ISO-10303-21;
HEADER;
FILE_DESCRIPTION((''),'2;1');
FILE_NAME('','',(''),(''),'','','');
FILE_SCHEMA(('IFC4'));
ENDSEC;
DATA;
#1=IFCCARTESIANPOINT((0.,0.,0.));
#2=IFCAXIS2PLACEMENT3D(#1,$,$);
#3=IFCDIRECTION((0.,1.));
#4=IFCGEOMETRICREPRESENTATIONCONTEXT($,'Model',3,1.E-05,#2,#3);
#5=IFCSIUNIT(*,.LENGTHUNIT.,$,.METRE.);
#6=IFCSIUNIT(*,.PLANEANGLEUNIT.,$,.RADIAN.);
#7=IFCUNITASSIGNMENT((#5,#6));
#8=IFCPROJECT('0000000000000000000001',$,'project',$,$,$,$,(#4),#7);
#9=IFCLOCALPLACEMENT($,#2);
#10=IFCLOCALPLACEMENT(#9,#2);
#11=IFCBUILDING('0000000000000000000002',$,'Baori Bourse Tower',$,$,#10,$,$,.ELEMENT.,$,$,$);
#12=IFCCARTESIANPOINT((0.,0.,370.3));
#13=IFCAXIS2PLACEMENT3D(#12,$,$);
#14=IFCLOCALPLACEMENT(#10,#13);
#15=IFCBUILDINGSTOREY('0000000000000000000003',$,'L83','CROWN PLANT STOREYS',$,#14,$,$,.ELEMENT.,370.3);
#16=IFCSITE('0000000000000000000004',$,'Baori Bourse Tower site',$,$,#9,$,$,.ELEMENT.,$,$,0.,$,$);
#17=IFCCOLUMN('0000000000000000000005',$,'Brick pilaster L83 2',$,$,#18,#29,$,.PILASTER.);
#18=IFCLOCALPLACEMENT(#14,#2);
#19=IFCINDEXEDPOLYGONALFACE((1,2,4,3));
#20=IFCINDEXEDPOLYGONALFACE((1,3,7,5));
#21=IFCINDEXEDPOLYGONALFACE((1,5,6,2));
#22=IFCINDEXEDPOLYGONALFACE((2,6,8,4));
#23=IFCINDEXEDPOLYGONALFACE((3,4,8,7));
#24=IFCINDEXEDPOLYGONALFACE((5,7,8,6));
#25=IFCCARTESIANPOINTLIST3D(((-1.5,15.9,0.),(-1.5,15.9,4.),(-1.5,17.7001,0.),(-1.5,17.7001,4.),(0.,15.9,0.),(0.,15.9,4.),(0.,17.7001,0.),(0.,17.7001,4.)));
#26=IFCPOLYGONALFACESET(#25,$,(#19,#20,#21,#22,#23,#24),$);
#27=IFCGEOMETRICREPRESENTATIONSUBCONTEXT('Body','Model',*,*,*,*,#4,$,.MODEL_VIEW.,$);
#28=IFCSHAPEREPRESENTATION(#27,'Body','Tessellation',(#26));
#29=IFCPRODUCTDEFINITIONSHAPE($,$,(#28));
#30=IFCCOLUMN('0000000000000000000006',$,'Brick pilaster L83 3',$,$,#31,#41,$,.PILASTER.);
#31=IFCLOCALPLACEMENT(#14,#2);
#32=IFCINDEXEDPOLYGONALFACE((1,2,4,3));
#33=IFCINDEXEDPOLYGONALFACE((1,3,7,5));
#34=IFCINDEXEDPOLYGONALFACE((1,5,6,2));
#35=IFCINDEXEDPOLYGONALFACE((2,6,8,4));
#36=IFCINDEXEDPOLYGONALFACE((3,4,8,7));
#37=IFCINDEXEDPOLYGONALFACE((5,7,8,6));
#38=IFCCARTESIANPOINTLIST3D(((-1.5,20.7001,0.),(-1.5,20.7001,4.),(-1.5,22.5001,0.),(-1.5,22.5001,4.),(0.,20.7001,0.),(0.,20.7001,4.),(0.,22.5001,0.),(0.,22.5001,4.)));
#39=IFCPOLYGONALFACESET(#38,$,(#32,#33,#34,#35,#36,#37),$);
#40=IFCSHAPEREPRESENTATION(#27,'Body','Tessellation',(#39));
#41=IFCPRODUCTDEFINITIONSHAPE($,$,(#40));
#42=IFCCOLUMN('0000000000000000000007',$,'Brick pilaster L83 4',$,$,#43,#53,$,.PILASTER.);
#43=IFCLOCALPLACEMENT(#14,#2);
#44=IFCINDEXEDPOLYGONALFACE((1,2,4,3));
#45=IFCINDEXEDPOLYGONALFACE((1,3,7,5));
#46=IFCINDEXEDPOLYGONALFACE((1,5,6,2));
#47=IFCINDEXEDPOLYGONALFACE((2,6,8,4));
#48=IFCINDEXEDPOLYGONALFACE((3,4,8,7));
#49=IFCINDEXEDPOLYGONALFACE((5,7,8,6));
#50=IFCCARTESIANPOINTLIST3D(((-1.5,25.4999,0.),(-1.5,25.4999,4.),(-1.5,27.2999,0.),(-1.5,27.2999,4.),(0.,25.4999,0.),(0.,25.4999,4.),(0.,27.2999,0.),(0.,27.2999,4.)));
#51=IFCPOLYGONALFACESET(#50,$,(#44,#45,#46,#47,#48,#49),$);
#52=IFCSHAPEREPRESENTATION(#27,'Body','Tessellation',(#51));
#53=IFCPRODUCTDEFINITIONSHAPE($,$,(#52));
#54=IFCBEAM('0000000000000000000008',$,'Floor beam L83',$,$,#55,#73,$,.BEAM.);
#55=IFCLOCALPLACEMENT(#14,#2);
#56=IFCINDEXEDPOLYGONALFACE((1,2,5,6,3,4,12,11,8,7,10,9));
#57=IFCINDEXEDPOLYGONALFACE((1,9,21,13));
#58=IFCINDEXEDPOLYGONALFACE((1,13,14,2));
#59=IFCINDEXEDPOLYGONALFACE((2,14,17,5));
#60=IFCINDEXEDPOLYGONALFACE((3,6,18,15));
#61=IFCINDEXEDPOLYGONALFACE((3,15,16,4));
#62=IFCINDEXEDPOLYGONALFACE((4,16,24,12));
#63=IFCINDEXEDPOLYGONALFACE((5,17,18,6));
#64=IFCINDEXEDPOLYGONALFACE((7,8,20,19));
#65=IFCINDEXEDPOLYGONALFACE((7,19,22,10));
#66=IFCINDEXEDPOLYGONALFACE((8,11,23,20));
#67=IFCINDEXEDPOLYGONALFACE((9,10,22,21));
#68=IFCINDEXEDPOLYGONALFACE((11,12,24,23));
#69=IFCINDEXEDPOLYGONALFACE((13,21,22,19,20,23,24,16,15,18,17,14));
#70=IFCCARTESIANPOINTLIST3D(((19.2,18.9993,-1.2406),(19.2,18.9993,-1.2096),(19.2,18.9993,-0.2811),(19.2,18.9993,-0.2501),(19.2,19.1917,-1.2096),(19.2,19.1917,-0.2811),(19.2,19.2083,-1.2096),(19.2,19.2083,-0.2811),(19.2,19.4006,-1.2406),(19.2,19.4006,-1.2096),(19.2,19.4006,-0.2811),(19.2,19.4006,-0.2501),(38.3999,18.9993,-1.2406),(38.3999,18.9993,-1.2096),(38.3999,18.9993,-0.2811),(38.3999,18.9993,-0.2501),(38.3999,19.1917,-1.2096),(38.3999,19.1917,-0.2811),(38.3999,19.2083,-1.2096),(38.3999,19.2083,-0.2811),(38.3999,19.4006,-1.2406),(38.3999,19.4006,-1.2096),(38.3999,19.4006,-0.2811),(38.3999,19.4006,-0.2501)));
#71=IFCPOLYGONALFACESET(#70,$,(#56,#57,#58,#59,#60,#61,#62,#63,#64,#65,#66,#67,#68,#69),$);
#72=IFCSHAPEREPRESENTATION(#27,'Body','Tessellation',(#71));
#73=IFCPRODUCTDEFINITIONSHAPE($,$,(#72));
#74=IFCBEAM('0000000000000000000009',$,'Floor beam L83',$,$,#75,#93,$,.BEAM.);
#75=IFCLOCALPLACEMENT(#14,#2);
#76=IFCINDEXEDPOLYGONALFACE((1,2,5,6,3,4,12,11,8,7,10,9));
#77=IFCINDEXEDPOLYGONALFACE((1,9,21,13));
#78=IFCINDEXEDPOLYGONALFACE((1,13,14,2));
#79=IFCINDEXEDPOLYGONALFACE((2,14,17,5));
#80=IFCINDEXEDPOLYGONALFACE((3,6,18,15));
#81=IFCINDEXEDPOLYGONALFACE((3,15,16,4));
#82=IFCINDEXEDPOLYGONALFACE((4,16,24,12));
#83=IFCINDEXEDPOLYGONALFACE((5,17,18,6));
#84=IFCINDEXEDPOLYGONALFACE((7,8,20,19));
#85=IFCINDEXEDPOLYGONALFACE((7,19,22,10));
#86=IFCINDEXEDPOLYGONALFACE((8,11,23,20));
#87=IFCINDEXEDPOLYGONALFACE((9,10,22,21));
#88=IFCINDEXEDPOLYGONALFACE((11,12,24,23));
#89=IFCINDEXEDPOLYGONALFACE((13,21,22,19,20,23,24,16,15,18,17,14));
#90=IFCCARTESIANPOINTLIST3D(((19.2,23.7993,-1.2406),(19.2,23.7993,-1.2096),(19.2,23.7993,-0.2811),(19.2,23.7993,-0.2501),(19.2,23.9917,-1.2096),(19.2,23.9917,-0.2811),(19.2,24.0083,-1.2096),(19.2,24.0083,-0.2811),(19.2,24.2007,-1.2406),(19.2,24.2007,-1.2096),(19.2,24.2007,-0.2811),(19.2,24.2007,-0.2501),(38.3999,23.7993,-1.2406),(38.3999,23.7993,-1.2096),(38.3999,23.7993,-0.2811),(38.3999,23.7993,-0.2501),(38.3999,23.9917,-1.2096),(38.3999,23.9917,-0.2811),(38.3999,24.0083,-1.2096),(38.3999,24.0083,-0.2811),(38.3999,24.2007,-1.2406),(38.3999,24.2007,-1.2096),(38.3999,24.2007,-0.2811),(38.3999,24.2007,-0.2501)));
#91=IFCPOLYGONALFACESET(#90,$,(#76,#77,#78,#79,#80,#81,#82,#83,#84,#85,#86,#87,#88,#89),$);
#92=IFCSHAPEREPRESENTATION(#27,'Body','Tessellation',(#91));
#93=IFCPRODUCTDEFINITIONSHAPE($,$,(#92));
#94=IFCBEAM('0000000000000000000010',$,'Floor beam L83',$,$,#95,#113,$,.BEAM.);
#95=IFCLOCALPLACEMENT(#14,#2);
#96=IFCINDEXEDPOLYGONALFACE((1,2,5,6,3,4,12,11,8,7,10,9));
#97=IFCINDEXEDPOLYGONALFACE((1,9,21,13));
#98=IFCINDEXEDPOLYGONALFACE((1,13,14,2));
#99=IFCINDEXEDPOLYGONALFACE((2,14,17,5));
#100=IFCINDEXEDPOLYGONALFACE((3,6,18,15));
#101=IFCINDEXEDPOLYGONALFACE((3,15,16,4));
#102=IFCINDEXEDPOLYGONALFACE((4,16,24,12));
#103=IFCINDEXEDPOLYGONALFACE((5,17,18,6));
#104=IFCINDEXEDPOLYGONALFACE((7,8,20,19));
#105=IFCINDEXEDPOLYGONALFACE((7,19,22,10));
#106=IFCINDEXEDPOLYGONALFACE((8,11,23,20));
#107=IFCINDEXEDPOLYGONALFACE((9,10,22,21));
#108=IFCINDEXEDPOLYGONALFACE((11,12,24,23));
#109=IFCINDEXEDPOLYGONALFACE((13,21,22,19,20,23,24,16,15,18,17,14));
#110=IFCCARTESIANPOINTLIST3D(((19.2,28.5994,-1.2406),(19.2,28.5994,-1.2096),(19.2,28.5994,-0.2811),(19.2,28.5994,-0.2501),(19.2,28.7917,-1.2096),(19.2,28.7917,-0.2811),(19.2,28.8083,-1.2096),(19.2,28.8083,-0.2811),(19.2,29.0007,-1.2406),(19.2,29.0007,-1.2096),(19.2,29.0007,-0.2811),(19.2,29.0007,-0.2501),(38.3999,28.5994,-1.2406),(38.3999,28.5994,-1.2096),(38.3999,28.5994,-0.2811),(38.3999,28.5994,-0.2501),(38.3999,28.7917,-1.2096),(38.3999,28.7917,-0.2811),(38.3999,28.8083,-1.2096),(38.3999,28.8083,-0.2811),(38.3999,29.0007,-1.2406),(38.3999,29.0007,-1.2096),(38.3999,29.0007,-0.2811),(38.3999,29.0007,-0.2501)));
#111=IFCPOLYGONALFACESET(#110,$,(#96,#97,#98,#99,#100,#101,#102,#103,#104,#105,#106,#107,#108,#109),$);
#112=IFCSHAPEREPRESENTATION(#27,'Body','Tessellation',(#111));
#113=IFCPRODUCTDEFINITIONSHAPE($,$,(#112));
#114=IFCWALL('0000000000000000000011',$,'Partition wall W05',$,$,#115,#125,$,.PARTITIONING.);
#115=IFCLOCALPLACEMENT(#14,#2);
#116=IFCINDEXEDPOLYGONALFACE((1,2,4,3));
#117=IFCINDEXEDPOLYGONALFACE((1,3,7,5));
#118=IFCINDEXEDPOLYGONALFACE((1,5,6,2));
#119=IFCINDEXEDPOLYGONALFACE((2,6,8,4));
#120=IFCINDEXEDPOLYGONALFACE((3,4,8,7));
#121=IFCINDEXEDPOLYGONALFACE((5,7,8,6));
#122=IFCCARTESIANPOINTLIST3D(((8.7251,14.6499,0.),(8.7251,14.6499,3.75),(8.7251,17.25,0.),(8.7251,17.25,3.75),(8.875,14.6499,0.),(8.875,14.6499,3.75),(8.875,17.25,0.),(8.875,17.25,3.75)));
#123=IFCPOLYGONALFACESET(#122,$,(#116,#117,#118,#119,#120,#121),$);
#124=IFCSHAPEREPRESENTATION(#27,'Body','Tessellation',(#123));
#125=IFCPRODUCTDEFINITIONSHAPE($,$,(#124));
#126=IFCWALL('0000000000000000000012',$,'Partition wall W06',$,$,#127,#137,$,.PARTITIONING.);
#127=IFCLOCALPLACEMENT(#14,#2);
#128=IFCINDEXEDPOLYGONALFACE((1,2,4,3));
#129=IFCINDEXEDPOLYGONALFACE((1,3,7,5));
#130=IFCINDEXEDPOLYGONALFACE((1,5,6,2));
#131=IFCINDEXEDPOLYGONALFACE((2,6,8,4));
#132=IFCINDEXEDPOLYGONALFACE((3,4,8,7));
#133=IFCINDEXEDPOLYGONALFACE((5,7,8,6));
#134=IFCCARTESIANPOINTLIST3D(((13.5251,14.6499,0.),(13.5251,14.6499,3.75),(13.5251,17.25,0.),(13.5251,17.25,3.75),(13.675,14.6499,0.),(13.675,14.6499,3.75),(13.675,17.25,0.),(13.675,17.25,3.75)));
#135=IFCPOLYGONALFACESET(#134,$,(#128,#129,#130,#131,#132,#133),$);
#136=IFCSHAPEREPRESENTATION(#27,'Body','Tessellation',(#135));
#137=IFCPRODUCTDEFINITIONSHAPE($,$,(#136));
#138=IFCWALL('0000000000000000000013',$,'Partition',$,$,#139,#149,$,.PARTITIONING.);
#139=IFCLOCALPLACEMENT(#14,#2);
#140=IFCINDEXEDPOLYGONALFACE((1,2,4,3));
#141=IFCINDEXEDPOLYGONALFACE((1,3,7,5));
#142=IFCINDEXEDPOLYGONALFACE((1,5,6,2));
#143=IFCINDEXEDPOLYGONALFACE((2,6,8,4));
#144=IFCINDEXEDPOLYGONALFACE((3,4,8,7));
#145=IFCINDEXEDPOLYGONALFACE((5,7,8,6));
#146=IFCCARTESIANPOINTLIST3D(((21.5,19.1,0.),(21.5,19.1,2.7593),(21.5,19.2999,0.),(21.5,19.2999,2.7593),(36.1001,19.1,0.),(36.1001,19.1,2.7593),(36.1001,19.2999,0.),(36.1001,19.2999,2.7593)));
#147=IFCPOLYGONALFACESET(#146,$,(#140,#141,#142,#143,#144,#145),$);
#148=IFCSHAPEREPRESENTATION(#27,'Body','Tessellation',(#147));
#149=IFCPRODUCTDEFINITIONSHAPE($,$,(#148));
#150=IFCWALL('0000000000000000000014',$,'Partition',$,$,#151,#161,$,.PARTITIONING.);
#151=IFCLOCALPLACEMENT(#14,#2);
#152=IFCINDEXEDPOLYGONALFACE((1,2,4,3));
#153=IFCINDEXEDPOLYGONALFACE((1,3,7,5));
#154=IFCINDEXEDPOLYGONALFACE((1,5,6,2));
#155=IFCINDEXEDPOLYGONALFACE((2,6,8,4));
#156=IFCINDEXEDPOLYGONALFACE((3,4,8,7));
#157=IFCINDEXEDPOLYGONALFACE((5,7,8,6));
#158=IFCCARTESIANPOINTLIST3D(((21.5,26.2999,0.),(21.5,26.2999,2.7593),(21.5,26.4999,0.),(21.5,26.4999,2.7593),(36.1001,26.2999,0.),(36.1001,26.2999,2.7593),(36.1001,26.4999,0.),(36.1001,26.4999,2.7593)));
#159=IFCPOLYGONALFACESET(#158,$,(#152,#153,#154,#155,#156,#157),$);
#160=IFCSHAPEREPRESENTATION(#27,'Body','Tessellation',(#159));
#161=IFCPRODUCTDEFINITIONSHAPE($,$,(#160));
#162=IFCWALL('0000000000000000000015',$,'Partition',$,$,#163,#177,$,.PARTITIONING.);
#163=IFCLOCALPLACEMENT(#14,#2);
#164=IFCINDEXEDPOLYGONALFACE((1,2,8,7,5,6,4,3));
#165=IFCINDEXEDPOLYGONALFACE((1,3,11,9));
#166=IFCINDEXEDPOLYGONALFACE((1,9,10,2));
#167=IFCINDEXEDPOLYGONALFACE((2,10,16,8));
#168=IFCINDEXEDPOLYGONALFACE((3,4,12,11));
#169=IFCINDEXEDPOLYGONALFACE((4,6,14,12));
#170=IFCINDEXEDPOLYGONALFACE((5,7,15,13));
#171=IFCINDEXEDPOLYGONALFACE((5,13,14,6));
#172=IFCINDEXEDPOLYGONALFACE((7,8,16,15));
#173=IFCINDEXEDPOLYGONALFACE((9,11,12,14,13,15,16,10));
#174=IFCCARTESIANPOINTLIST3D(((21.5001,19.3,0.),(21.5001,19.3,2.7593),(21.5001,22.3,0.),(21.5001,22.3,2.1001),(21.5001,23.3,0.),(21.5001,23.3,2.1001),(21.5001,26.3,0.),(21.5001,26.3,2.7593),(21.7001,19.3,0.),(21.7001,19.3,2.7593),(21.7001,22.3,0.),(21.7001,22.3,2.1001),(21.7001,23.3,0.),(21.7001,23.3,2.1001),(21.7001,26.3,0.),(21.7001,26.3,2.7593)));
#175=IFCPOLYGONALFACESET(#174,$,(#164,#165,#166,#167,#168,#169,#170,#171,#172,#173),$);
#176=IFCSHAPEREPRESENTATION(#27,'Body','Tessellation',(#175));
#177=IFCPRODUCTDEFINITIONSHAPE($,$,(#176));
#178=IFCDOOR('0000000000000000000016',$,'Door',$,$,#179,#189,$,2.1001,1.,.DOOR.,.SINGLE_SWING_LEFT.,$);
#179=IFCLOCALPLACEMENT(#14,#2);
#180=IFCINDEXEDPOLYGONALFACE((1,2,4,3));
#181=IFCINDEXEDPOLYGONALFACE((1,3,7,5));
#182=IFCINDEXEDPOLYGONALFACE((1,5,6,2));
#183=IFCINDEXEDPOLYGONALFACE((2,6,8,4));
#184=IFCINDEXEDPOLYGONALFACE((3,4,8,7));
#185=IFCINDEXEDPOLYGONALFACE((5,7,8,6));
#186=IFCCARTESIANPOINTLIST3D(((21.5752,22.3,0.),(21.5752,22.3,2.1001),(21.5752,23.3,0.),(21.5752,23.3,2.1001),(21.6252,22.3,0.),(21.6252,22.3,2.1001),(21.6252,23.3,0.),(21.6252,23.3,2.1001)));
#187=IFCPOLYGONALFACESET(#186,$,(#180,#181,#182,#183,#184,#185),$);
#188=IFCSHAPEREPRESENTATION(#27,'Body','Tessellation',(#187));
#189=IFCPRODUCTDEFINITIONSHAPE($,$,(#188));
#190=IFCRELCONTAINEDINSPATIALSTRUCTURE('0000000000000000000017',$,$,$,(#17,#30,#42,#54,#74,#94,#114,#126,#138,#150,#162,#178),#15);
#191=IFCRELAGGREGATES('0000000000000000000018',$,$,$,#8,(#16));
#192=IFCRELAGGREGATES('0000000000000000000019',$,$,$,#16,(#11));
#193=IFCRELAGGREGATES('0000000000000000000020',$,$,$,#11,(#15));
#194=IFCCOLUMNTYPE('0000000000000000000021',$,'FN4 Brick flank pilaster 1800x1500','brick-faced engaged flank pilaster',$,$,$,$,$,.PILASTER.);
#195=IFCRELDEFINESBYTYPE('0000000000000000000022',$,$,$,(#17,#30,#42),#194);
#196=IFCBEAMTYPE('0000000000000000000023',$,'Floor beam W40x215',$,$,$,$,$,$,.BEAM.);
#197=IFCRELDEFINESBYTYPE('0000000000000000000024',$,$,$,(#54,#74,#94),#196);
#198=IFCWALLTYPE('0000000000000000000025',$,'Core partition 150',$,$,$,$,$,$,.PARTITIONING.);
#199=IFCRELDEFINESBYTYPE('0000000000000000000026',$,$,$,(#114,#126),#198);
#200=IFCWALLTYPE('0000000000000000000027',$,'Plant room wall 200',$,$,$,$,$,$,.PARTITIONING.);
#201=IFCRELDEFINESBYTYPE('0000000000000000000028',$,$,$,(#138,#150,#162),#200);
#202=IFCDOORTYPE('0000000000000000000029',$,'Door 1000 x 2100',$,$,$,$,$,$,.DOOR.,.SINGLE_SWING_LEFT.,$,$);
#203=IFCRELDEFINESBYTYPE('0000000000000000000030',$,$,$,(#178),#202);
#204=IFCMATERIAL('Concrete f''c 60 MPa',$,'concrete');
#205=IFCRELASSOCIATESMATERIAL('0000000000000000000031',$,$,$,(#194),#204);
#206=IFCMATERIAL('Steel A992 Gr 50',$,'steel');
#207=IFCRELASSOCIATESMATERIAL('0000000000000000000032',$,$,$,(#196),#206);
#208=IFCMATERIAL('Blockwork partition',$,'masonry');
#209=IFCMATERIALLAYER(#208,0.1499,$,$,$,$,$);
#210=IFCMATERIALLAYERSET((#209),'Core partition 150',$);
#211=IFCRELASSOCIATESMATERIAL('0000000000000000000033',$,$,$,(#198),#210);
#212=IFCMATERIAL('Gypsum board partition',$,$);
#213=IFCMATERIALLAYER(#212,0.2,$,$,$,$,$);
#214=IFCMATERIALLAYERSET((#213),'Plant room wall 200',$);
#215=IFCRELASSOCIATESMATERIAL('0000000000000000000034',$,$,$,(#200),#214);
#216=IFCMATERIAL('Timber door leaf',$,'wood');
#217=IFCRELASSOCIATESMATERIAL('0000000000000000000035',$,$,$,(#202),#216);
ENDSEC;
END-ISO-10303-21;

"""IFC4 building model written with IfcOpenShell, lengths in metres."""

from ifc_helpers import new_model, si_unit, direction, frame, frame_2d, origin, origin_2d, place, context, subcontext, project, spatial, rectangle, i_section, extrude, material, layer, layer_set, material_profile, profile_set, type_object, element, fill, save


model = new_model("IFC4")

# Units and contexts
model_context = context("Model", 3, precision=1e-05, world=origin(), true_north=direction((0.0, 1.0)))
body_context = subcontext(model_context, "Body", "Model", "MODEL_VIEW")
ifc_project = project(units=[si_unit("LENGTHUNIT", "METRE"), si_unit("PLANEANGLEUNIT", "RADIAN")], contexts=[model_context])

# Site, building, storey
site_placement = place(None, origin())
site = spatial("IfcSite", under=ifc_project, at=site_placement, Name="Baori Bourse Tower site", CompositionType="ELEMENT", RefElevation=0.0)
building_placement = place(site_placement, origin())
building = spatial("IfcBuilding", under=site, at=building_placement, Name="Baori Bourse Tower", CompositionType="ELEMENT")
storey_placement = place(building_placement, frame((0.0, 0.0, 370.3)))
storey = spatial("IfcBuildingStorey", under=building, at=storey_placement, Name="L83", Description="CROWN PLANT STOREYS", CompositionType="ELEMENT", Elevation=370.3)

# Columns
ifc_material_1 = material(Name="Concrete f'c 60 MPa", Category="concrete")
ifc_material_profile_1 = material_profile(ifc_material_1, rectangle(XDim=1.8, YDim=1.5, at=origin_2d()), Name="RC 1800x1500")
ifc_profile_set_1 = profile_set([ifc_material_profile_1], Name="Concrete f'c 60 MPa")
column_type = type_object("IfcColumnType", Name="FN4 Brick flank pilaster 1800x1500", Description="brick-faced engaged flank pilaster", PredefinedType="PILASTER", material=ifc_profile_set_1)
for number, where, z_axis, x_axis, name in (
    (1, (-0.75, 16.8, 0.0), (0.0, 0.0, 1.0), (0.0, 1.0, 0.0), "Brick pilaster L83 2"),
    (2, (-0.75, 21.6001, 0.0), (0.0, 0.0, 1.0), (0.0, 1.0, 0.0), "Brick pilaster L83 3"),
    (3, (-0.75, 26.3999, 0.0), (0.0, 0.0, 1.0), (0.0, 1.0, 0.0), "Brick pilaster L83 4"),
):
    element("IfcColumn", number, at=place(storey_placement, frame(where, z_axis=z_axis, x_axis=x_axis)), inside=storey, type_object=column_type, Name=name, PredefinedType="PILASTER", context=body_context, shape_type="SweptSolid", body=[
        extrude(rectangle(XDim=1.8, YDim=1.5, at=origin_2d()), origin(), (0.0, 0.0, 1.0), 4.0),
    ])

# Beams
ifc_material_2 = material(Name="Steel A992 Gr 50", Category="steel")
ifc_material_profile_2 = material_profile(ifc_material_2, i_section(OverallWidth=0.4014, OverallDepth=0.9905, WebThickness=0.0166, FlangeThickness=0.031, at=origin_2d()), Name="W40x215")
ifc_profile_set_2 = profile_set([ifc_material_profile_2], Name="Steel A992 Gr 50")
beam_type = type_object("IfcBeamType", Name="Floor beam W40x215", PredefinedType="BEAM", material=ifc_profile_set_2)
for number, where, z_axis, x_axis, name in (
    (4, (19.2, 19.2, -0.7454), (1.0, 0.0, 0.0), (0.0, 1.0, 0.0), "Floor beam L83"),
    (5, (19.2, 24.0, -0.7454), (1.0, 0.0, 0.0), (0.0, 1.0, 0.0), "Floor beam L83"),
    (6, (19.2, 28.8, -0.7454), (1.0, 0.0, 0.0), (0.0, 1.0, 0.0), "Floor beam L83"),
):
    element("IfcBeam", number, at=place(storey_placement, frame(where, z_axis=z_axis, x_axis=x_axis)), inside=storey, type_object=beam_type, Name=name, PredefinedType="BEAM", context=body_context, shape_type="SweptSolid", body=[
        extrude(i_section(OverallWidth=0.4014, OverallDepth=0.9905, WebThickness=0.0166, FlangeThickness=0.031, at=origin_2d()), origin(), (0.0, 0.0, 1.0), 19.2),
    ])

# Walls
ifc_material_3 = material(Name="Blockwork partition", Category="masonry")
ifc_layer_1 = layer(ifc_material_3, 0.1499)
ifc_layer_set_1 = layer_set([ifc_layer_1], Name="Core partition 150")
wall_type_1 = type_object("IfcWallType", Name="Core partition 150", PredefinedType="PARTITIONING", material=ifc_layer_set_1)
for number, where, z_axis, x_axis, name in (
    (7, (8.8, 14.6499, 0.0), (0.0, 0.0, 1.0), (0.0, 1.0, 0.0), "Partition wall W05"),
    (8, (13.6001, 14.6499, 0.0), (0.0, 0.0, 1.0), (0.0, 1.0, 0.0), "Partition wall W06"),
):
    element("IfcWall", number, at=place(storey_placement, frame(where, z_axis=z_axis, x_axis=x_axis)), inside=storey, type_object=wall_type_1, Name=name, PredefinedType="PARTITIONING", context=body_context, shape_type="SweptSolid", body=[
        extrude(rectangle(XDim=2.6001, YDim=0.1499, at=frame_2d((1.3, 0.0))), origin(), (0.0, 0.0, 1.0), 3.75),
    ])
ifc_material_4 = material(Name="Gypsum board partition")
ifc_layer_2 = layer(ifc_material_4, 0.2)
ifc_layer_set_2 = layer_set([ifc_layer_2], Name="Plant room wall 200")
wall_type_2 = type_object("IfcWallType", Name="Plant room wall 200", PredefinedType="PARTITIONING", material=ifc_layer_set_2)
for number, where, z_axis, x_axis, name in (
    (9, (21.5, 19.2, 0.0), (0.0, 0.0, 1.0), (1.0, 0.0, 0.0), "Partition"),
    (10, (21.5, 26.3999, 0.0), (0.0, 0.0, 1.0), (1.0, 0.0, 0.0), "Partition"),
):
    element("IfcWall", number, at=place(storey_placement, frame(where, z_axis=z_axis, x_axis=x_axis)), inside=storey, type_object=wall_type_2, Name=name, PredefinedType="PARTITIONING", context=body_context, shape_type="SweptSolid", body=[
        extrude(rectangle(XDim=14.6001, YDim=0.2, at=frame_2d((7.3, 0.0))), origin(), (0.0, 0.0, 1.0), 2.7593),
    ])

# Wall, opening, door
wall_1_placement = place(storey_placement, frame((21.6001, 19.3, 0.0), z_axis=(0.0, 0.0, 1.0), x_axis=(0.0, 1.0, 0.0)))
wall_1 = element("IfcWall", 11, at=wall_1_placement, inside=storey, type_object=wall_type_2, Name="Partition", PredefinedType="PARTITIONING", context=body_context, shape_type="SweptSolid", body=[
    extrude(rectangle(XDim=7.0, YDim=0.2, at=frame_2d((3.5, 0.0))), origin(), (0.0, 0.0, 1.0), 2.7593),
])
opening_1_placement = place(wall_1_placement, frame((3.0, 0.0, 0.0)))
opening_1 = element("IfcOpeningElement", 12, at=opening_1_placement, cuts=wall_1, PredefinedType="OPENING", context=body_context, shape_type="SweptSolid", body=[
    extrude(rectangle(XDim=1.0, YDim=2.1001, at=frame_2d((0.5, 1.05))), frame((0.0, 0.1099, 0.0), z_axis=(0.0, -1.0, 0.0), x_axis=(1.0, 0.0, 0.0)), (0.0, 0.0, 1.0), 0.22),
])
ifc_material_5 = material(Name="Timber door leaf", Category="wood")
door_type_1 = type_object("IfcDoorType", Name="Door 1000 x 2100", OperationType="SINGLE_SWING_LEFT", PredefinedType="DOOR", material=ifc_material_5)
door_1_placement = place(opening_1_placement, origin())
door_1 = element("IfcDoor", 13, at=door_1_placement, inside=storey, type_object=door_type_1, Name="Door", OperationType="SINGLE_SWING_LEFT", OverallHeight=2.1001, OverallWidth=1.0, PredefinedType="DOOR", context=body_context, shape_type="SweptSolid", body=[
    extrude(rectangle(XDim=1.0, YDim=2.1001, at=frame_2d((0.5, 1.05))), frame((0.0, 0.0249, 0.0), z_axis=(0.0, -1.0, 0.0), x_axis=(1.0, 0.0, 0.0)), (0.0, 0.0, 1.0), 0.05),
])
fill(opening_1, door_1)

save(model, "model.ifc")
